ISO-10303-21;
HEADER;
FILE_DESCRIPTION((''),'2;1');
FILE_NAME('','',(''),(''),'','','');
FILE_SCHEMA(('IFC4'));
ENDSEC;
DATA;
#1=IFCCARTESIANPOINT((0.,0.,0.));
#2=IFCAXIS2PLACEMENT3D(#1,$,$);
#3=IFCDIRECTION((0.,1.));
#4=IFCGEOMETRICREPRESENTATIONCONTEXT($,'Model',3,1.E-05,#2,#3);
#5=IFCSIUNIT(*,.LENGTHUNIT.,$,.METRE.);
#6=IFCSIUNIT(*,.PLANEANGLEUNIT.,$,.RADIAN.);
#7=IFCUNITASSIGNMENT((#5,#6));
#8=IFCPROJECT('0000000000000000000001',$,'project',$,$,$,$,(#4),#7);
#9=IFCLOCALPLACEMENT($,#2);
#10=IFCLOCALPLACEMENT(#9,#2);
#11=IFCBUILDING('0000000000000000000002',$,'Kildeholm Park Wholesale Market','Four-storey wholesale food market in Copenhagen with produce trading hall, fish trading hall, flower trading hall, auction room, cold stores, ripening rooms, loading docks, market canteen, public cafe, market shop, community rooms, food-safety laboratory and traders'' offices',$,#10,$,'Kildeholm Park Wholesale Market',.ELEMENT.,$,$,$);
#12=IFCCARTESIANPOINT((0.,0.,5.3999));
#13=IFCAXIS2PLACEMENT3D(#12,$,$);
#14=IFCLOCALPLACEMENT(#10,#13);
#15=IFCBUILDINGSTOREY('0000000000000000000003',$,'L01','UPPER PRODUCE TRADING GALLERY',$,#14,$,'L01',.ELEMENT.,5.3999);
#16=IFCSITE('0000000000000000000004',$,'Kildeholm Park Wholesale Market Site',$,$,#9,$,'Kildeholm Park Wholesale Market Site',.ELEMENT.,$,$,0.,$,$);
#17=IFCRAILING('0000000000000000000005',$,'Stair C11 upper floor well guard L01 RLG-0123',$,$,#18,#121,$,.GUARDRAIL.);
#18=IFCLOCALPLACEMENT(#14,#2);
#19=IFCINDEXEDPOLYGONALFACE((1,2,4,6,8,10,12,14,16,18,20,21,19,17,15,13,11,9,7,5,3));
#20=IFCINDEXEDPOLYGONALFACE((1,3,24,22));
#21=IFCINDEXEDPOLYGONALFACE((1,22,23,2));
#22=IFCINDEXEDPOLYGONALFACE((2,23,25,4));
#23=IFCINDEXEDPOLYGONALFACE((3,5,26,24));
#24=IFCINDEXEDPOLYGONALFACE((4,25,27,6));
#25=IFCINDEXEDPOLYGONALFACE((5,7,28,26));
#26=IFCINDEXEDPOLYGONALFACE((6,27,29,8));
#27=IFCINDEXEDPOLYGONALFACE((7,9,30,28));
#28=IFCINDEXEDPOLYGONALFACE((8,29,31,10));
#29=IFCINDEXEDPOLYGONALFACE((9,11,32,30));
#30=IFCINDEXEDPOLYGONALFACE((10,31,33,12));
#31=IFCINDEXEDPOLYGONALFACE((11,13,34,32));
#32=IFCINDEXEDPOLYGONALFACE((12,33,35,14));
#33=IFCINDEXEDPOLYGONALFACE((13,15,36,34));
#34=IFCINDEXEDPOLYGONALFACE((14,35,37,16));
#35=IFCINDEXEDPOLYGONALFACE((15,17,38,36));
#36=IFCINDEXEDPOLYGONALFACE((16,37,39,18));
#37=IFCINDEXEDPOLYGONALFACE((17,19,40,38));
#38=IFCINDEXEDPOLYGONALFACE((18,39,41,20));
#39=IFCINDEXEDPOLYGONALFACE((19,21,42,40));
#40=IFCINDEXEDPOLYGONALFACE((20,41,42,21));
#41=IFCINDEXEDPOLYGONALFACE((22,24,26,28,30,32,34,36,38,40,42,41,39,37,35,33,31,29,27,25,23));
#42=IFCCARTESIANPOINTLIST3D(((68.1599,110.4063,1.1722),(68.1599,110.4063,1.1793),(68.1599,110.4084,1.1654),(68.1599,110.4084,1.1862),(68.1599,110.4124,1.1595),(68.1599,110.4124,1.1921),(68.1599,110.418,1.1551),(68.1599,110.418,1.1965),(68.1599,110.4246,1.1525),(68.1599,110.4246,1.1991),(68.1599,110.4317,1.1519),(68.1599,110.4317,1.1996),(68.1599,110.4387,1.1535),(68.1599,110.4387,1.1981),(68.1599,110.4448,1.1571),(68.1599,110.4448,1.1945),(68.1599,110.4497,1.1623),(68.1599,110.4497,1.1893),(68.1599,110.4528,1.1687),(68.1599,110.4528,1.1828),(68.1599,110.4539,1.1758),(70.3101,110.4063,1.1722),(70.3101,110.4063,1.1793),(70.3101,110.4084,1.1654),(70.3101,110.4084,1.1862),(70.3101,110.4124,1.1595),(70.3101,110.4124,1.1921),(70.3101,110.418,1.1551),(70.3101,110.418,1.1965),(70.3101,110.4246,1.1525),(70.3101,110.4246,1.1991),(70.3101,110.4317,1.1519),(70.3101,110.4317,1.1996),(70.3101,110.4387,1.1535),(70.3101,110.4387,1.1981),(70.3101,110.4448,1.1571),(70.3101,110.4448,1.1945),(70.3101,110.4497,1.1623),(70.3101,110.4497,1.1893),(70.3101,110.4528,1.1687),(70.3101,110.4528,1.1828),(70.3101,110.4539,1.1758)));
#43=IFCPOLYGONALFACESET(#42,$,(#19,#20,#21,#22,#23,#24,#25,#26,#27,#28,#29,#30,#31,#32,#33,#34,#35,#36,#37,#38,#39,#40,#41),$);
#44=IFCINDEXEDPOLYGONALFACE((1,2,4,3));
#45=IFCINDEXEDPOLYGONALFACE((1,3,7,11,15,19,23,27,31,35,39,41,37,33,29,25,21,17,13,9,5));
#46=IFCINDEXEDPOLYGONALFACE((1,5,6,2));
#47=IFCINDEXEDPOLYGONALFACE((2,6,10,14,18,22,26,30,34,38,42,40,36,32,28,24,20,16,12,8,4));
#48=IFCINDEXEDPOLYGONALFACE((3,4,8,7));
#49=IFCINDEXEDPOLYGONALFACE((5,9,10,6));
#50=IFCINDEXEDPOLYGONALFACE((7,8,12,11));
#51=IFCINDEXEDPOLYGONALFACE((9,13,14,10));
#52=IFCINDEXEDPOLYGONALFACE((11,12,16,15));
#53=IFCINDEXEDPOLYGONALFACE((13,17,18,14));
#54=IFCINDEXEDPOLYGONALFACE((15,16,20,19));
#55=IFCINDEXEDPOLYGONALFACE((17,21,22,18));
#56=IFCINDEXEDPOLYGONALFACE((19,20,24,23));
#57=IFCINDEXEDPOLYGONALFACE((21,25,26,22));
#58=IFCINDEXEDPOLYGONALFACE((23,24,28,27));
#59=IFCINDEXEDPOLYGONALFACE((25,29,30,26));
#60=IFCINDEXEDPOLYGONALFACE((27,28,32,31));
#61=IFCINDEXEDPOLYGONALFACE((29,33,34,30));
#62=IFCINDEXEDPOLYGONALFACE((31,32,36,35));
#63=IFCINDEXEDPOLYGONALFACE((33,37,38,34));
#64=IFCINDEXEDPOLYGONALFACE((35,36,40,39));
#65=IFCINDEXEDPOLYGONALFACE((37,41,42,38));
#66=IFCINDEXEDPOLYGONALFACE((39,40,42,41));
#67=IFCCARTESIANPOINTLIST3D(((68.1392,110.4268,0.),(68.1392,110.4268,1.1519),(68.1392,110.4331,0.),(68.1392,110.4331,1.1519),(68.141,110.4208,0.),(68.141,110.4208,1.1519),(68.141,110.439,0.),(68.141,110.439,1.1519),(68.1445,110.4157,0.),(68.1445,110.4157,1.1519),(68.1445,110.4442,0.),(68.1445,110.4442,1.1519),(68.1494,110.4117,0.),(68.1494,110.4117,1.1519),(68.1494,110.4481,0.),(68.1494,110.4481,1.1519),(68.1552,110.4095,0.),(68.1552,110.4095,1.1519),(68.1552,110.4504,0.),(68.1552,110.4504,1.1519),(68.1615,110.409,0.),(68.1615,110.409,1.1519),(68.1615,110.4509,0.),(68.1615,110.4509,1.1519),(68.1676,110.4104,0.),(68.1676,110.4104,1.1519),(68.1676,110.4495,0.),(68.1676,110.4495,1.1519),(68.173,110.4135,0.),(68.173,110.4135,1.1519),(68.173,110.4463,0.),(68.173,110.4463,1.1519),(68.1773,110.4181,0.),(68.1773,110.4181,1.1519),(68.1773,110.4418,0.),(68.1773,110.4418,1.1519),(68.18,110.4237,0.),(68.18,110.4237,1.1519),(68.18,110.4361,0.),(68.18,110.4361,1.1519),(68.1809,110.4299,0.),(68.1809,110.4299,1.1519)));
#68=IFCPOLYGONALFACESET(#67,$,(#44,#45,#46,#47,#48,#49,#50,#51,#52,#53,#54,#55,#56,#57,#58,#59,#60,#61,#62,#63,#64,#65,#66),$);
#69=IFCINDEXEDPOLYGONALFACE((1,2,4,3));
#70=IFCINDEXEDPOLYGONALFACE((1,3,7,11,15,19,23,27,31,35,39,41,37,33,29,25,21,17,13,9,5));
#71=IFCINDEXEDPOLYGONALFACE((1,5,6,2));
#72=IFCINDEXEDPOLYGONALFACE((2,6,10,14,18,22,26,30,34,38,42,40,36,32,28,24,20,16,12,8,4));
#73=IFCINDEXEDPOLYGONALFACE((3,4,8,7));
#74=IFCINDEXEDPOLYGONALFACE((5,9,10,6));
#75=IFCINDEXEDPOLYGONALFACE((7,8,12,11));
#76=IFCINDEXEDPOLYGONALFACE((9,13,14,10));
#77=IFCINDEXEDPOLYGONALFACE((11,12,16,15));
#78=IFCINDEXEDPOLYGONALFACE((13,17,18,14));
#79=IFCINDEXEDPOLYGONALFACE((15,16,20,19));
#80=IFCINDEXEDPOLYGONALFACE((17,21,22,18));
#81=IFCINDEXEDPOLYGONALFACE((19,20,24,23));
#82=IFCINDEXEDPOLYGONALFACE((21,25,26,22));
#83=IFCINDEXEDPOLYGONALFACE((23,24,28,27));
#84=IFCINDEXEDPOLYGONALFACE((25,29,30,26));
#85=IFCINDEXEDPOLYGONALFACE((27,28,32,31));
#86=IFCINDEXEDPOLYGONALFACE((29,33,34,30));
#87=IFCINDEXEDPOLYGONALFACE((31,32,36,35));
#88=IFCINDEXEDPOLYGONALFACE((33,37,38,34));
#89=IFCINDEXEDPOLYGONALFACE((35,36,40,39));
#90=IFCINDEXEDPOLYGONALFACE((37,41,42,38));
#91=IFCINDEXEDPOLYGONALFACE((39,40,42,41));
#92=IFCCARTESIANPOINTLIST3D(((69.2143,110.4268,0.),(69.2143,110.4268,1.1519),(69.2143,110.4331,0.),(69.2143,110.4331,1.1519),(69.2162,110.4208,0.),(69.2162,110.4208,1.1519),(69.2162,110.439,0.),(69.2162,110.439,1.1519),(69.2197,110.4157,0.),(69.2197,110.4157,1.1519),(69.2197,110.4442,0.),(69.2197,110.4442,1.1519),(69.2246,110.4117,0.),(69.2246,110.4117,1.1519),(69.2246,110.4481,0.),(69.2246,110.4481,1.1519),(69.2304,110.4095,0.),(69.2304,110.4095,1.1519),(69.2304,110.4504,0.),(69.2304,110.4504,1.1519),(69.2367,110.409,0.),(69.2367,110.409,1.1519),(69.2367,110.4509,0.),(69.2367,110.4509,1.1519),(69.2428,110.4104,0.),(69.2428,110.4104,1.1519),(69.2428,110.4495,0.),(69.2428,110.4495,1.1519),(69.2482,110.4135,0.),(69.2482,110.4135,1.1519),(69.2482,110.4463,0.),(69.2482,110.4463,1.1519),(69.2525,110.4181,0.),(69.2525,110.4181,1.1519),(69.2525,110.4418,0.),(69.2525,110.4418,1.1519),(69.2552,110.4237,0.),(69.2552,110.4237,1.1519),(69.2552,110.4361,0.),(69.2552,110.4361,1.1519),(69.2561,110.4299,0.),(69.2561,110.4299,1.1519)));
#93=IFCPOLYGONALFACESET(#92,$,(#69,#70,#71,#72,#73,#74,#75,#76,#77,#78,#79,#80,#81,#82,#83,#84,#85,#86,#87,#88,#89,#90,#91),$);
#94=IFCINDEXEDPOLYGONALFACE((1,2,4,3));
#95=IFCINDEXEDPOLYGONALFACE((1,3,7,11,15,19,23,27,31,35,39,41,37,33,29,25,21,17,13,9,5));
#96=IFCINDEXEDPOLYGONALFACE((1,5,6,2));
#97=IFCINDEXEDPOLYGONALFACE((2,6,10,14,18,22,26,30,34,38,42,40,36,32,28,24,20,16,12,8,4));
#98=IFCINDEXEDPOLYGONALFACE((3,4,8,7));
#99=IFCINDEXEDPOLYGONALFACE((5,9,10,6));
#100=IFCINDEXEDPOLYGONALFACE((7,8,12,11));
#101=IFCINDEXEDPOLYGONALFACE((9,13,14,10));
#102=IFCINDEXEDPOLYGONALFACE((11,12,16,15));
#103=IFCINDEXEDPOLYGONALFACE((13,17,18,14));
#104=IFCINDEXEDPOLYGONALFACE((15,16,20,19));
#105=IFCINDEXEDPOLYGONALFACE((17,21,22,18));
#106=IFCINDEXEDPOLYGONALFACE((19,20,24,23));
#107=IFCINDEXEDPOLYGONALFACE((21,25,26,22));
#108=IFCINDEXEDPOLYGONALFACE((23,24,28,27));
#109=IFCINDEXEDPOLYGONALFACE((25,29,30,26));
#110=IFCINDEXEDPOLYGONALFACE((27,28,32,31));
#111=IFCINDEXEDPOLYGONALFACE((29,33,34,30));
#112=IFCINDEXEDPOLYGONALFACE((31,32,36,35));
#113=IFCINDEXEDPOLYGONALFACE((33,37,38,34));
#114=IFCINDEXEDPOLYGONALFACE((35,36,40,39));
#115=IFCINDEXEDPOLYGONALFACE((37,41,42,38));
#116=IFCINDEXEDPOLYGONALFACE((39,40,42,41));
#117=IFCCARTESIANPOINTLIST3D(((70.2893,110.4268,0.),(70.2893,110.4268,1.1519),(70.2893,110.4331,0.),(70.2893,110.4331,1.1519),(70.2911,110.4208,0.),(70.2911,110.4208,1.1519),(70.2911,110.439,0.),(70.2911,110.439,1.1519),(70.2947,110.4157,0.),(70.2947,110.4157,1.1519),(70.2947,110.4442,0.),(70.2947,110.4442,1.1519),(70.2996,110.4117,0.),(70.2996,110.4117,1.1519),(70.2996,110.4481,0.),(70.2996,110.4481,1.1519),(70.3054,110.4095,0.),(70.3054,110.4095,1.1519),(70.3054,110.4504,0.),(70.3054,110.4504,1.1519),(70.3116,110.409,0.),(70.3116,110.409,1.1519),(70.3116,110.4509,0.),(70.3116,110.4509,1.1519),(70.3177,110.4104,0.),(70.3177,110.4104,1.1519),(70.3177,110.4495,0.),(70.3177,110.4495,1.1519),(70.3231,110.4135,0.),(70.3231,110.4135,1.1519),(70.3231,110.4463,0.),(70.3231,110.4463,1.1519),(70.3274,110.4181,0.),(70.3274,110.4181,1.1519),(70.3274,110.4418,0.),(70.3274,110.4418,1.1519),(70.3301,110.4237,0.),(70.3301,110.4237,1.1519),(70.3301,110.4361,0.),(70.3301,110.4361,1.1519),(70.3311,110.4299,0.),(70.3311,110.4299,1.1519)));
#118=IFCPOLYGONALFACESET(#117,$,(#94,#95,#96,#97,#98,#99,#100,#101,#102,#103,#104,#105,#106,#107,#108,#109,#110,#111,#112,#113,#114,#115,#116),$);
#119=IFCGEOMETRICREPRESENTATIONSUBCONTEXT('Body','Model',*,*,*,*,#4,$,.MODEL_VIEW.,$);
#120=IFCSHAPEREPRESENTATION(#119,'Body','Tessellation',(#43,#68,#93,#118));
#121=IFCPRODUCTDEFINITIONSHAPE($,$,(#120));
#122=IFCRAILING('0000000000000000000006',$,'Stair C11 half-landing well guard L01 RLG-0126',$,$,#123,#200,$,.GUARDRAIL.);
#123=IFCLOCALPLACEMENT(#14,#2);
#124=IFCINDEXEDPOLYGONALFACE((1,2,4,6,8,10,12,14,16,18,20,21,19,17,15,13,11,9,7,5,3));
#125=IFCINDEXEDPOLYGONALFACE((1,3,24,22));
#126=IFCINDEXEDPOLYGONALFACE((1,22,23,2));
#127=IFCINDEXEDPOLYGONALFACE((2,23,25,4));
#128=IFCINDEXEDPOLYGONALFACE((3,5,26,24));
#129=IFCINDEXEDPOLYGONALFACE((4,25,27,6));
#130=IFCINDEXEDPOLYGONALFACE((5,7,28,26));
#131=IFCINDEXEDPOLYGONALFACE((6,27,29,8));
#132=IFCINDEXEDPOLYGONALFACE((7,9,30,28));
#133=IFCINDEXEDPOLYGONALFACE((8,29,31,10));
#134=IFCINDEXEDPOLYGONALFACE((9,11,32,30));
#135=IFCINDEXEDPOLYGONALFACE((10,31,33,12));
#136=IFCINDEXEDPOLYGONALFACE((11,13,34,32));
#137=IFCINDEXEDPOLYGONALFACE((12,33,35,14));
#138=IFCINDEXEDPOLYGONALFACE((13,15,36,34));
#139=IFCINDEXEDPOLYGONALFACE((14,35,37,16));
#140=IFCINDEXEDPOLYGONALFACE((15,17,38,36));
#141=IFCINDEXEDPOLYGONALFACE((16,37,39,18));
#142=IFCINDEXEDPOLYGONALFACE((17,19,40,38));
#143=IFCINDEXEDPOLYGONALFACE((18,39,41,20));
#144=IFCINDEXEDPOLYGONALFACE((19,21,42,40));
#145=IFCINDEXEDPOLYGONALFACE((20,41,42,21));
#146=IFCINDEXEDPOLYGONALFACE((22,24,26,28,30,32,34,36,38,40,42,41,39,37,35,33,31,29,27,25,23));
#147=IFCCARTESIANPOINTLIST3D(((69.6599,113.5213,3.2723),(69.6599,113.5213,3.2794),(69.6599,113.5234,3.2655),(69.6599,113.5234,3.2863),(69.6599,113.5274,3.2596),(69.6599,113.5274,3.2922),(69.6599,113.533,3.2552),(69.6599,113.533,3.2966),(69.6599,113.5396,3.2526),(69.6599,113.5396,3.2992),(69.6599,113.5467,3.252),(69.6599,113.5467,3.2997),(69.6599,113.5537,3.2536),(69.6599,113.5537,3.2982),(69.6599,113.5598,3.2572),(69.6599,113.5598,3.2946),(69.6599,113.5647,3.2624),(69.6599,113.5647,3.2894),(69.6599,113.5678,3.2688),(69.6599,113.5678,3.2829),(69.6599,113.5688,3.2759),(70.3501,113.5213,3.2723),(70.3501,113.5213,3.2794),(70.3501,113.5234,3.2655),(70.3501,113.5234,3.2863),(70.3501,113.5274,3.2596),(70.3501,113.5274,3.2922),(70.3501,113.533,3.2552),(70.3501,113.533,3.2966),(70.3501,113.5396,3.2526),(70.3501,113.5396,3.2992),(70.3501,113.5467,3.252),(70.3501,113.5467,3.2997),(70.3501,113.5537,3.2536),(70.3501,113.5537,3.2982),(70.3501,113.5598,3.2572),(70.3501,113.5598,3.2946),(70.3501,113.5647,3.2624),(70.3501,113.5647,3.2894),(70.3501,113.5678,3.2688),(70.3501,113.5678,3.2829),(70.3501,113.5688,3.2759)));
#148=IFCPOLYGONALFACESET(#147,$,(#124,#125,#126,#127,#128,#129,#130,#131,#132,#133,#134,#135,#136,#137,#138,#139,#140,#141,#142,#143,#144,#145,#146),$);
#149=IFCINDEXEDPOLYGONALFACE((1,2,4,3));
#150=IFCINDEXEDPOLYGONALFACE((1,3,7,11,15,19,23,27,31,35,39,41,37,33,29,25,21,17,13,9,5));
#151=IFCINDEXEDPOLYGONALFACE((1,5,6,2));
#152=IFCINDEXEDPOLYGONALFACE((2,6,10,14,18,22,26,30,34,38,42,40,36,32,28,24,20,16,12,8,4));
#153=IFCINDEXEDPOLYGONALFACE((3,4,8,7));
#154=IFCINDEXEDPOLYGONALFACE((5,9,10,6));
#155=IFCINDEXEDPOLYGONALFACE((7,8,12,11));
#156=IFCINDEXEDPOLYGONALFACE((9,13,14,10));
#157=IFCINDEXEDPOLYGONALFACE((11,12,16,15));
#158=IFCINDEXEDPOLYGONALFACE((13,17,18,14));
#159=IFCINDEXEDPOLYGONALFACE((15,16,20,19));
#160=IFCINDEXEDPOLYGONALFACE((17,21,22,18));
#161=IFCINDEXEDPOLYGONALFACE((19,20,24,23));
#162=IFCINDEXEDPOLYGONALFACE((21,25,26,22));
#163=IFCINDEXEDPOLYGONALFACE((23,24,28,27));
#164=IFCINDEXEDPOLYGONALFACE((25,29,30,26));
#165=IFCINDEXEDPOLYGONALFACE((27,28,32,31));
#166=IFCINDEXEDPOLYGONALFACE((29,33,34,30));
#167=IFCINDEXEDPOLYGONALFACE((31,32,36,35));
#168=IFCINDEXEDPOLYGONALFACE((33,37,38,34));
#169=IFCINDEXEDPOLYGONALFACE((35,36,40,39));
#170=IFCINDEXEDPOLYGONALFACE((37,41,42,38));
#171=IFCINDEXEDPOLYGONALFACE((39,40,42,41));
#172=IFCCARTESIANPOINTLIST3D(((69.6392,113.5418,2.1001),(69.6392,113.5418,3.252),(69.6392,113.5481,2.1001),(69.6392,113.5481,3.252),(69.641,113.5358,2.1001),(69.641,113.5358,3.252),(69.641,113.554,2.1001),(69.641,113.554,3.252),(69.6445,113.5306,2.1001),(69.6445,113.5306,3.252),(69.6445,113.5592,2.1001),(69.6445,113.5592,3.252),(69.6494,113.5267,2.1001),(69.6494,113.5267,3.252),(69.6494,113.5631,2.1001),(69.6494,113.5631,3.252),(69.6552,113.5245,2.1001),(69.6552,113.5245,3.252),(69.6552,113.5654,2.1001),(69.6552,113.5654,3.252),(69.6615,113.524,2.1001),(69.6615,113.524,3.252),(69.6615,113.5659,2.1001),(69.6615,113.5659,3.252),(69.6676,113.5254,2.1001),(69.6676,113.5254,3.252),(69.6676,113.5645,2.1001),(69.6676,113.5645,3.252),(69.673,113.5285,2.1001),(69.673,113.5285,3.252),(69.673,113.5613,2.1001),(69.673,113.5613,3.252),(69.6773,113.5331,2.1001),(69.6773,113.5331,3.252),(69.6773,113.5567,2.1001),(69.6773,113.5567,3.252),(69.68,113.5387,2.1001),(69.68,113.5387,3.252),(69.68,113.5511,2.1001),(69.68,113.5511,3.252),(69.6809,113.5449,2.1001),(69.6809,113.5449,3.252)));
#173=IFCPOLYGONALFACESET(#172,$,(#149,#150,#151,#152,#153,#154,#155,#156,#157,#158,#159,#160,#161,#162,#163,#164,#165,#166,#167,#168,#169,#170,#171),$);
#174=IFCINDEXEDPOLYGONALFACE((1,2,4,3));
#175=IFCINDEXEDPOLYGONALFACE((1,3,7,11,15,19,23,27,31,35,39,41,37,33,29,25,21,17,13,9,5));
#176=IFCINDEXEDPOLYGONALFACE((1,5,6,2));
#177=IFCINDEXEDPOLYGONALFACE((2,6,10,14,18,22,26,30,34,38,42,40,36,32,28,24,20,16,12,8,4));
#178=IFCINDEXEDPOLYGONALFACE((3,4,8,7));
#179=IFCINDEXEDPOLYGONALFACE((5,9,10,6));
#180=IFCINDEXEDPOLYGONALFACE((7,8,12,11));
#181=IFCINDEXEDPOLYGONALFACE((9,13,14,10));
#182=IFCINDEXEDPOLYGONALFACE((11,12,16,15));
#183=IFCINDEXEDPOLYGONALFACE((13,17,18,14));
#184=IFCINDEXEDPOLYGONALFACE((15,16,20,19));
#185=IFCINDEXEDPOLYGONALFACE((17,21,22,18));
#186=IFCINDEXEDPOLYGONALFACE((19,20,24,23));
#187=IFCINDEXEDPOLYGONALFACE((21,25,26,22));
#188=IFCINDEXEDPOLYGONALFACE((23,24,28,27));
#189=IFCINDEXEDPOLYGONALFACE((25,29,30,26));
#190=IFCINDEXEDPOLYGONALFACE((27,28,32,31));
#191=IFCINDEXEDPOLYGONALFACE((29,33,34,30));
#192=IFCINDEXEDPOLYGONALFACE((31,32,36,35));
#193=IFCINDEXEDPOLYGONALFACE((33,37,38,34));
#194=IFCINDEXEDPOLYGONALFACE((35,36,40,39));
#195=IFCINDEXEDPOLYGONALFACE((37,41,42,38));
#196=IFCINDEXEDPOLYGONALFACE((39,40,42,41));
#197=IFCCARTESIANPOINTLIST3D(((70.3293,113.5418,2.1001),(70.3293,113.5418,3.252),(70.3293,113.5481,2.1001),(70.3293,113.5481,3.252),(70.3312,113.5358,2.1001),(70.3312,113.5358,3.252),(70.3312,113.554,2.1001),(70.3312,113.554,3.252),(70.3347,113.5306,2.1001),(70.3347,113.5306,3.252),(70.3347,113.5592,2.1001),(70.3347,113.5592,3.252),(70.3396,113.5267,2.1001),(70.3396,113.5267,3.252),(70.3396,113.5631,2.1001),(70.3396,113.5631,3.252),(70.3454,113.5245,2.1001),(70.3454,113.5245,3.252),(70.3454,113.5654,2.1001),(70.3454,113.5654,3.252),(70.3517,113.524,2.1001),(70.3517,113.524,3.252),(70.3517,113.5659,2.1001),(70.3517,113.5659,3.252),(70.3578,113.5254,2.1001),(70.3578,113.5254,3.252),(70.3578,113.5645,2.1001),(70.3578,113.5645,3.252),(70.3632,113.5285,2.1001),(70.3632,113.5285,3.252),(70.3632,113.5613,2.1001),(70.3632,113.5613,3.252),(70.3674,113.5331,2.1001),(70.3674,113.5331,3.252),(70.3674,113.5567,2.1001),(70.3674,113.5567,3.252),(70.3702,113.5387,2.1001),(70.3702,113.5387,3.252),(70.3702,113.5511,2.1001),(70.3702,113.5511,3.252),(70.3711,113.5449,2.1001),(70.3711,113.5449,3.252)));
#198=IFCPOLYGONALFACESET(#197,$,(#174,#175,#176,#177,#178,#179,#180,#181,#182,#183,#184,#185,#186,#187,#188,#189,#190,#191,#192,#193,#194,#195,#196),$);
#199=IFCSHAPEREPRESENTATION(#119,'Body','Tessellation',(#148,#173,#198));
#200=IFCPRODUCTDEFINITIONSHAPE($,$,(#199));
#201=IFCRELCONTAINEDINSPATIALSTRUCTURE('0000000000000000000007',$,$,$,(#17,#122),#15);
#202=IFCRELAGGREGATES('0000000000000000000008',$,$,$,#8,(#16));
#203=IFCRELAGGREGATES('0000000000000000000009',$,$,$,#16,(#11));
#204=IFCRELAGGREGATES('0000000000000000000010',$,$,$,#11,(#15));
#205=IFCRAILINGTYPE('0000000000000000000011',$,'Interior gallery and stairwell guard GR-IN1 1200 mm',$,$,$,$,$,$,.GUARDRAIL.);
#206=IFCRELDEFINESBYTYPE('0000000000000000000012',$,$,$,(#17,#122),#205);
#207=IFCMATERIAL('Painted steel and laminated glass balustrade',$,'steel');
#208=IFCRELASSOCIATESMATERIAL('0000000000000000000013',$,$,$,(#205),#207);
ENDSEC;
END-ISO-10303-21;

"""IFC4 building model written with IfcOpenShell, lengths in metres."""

from ifc_helpers import new_model, si_unit, direction, frame, origin, origin_2d, place, context, subcontext, project, spatial, circle, extrude, material, type_object, element, save


model = new_model("IFC4")

# Units and contexts
model_context = context("Model", 3, precision=1e-05, world=origin(), true_north=direction((0.0, 1.0)))
body_context = subcontext(model_context, "Body", "Model", "MODEL_VIEW")
ifc_project = project(units=[si_unit("LENGTHUNIT", "METRE"), si_unit("PLANEANGLEUNIT", "RADIAN")], contexts=[model_context])

# Site, building, storey
site_placement = place(None, origin())
site = spatial("IfcSite", under=ifc_project, at=site_placement, Name="Kildeholm Park Wholesale Market Site", LongName="Kildeholm Park Wholesale Market Site", CompositionType="ELEMENT", RefElevation=0.0)
building_placement = place(site_placement, origin())
building = spatial("IfcBuilding", under=site, at=building_placement, Name="Kildeholm Park Wholesale Market", Description="Four-storey wholesale food market in Copenhagen with produce trading hall, fish trading hall, flower trading hall, auction room, cold stores, ripening rooms, loading docks, market canteen, public cafe, market shop, community rooms, food-safety laboratory and traders' offices", LongName="Kildeholm Park Wholesale Market", CompositionType="ELEMENT")
storey_placement = place(building_placement, frame((0.0, 0.0, 5.3999)))
storey = spatial("IfcBuildingStorey", under=building, at=storey_placement, Name="L01", Description="UPPER PRODUCE TRADING GALLERY", LongName="L01", CompositionType="ELEMENT", Elevation=5.3999)

# Railings
ifc_material_1 = material(Name="Painted steel and laminated glass balustrade", Category="steel")
railing_type_1 = type_object("IfcRailingType", Name="Interior gallery and stairwell guard GR-IN1 1200 mm", PredefinedType="GUARDRAIL", material=ifc_material_1)
railing_1_placement = place(storey_placement, frame((68.1599, 110.4299, 0.0)))
element("IfcRailing", 1, at=railing_1_placement, inside=storey, type_object=railing_type_1, Name="Stair C11 upper floor well guard L01 RLG-0123", PredefinedType="GUARDRAIL", context=body_context, shape_type="SweptSolid", body=[
    extrude(circle(Radius=0.0239, at=origin_2d()), frame((0.0, 0.0, 1.1758), z_axis=(1.0, 0.0, 0.0), x_axis=(0.0, 1.0, 0.0)), (0.0, 0.0, 1.0), 2.1501),
    extrude(circle(Radius=0.021, at=origin_2d()), origin(), (0.0, 0.0, 1.0), 1.1519),
    extrude(circle(Radius=0.021, at=origin_2d()), frame((1.0752, 0.0, 0.0)), (0.0, 0.0, 1.0), 1.1519),
    extrude(circle(Radius=0.021, at=origin_2d()), frame((2.1501, 0.0, 0.0)), (0.0, 0.0, 1.0), 1.1519),
])
railing_2_placement = place(storey_placement, frame((69.6599, 113.5449, 2.1001)))
element("IfcRailing", 2, at=railing_2_placement, inside=storey, type_object=railing_type_1, Name="Stair C11 half-landing well guard L01 RLG-0126", PredefinedType="GUARDRAIL", context=body_context, shape_type="SweptSolid", body=[
    extrude(circle(Radius=0.0239, at=origin_2d()), frame((0.0, 0.0, 1.1758), z_axis=(1.0, 0.0, 0.0), x_axis=(0.0, 1.0, 0.0)), (0.0, 0.0, 1.0), 0.6902),
    extrude(circle(Radius=0.021, at=origin_2d()), origin(), (0.0, 0.0, 1.0), 1.1519),
    extrude(circle(Radius=0.021, at=origin_2d()), frame((0.6902, 0.0, 0.0)), (0.0, 0.0, 1.0), 1.1519),
])

save(model, "model.ifc")
